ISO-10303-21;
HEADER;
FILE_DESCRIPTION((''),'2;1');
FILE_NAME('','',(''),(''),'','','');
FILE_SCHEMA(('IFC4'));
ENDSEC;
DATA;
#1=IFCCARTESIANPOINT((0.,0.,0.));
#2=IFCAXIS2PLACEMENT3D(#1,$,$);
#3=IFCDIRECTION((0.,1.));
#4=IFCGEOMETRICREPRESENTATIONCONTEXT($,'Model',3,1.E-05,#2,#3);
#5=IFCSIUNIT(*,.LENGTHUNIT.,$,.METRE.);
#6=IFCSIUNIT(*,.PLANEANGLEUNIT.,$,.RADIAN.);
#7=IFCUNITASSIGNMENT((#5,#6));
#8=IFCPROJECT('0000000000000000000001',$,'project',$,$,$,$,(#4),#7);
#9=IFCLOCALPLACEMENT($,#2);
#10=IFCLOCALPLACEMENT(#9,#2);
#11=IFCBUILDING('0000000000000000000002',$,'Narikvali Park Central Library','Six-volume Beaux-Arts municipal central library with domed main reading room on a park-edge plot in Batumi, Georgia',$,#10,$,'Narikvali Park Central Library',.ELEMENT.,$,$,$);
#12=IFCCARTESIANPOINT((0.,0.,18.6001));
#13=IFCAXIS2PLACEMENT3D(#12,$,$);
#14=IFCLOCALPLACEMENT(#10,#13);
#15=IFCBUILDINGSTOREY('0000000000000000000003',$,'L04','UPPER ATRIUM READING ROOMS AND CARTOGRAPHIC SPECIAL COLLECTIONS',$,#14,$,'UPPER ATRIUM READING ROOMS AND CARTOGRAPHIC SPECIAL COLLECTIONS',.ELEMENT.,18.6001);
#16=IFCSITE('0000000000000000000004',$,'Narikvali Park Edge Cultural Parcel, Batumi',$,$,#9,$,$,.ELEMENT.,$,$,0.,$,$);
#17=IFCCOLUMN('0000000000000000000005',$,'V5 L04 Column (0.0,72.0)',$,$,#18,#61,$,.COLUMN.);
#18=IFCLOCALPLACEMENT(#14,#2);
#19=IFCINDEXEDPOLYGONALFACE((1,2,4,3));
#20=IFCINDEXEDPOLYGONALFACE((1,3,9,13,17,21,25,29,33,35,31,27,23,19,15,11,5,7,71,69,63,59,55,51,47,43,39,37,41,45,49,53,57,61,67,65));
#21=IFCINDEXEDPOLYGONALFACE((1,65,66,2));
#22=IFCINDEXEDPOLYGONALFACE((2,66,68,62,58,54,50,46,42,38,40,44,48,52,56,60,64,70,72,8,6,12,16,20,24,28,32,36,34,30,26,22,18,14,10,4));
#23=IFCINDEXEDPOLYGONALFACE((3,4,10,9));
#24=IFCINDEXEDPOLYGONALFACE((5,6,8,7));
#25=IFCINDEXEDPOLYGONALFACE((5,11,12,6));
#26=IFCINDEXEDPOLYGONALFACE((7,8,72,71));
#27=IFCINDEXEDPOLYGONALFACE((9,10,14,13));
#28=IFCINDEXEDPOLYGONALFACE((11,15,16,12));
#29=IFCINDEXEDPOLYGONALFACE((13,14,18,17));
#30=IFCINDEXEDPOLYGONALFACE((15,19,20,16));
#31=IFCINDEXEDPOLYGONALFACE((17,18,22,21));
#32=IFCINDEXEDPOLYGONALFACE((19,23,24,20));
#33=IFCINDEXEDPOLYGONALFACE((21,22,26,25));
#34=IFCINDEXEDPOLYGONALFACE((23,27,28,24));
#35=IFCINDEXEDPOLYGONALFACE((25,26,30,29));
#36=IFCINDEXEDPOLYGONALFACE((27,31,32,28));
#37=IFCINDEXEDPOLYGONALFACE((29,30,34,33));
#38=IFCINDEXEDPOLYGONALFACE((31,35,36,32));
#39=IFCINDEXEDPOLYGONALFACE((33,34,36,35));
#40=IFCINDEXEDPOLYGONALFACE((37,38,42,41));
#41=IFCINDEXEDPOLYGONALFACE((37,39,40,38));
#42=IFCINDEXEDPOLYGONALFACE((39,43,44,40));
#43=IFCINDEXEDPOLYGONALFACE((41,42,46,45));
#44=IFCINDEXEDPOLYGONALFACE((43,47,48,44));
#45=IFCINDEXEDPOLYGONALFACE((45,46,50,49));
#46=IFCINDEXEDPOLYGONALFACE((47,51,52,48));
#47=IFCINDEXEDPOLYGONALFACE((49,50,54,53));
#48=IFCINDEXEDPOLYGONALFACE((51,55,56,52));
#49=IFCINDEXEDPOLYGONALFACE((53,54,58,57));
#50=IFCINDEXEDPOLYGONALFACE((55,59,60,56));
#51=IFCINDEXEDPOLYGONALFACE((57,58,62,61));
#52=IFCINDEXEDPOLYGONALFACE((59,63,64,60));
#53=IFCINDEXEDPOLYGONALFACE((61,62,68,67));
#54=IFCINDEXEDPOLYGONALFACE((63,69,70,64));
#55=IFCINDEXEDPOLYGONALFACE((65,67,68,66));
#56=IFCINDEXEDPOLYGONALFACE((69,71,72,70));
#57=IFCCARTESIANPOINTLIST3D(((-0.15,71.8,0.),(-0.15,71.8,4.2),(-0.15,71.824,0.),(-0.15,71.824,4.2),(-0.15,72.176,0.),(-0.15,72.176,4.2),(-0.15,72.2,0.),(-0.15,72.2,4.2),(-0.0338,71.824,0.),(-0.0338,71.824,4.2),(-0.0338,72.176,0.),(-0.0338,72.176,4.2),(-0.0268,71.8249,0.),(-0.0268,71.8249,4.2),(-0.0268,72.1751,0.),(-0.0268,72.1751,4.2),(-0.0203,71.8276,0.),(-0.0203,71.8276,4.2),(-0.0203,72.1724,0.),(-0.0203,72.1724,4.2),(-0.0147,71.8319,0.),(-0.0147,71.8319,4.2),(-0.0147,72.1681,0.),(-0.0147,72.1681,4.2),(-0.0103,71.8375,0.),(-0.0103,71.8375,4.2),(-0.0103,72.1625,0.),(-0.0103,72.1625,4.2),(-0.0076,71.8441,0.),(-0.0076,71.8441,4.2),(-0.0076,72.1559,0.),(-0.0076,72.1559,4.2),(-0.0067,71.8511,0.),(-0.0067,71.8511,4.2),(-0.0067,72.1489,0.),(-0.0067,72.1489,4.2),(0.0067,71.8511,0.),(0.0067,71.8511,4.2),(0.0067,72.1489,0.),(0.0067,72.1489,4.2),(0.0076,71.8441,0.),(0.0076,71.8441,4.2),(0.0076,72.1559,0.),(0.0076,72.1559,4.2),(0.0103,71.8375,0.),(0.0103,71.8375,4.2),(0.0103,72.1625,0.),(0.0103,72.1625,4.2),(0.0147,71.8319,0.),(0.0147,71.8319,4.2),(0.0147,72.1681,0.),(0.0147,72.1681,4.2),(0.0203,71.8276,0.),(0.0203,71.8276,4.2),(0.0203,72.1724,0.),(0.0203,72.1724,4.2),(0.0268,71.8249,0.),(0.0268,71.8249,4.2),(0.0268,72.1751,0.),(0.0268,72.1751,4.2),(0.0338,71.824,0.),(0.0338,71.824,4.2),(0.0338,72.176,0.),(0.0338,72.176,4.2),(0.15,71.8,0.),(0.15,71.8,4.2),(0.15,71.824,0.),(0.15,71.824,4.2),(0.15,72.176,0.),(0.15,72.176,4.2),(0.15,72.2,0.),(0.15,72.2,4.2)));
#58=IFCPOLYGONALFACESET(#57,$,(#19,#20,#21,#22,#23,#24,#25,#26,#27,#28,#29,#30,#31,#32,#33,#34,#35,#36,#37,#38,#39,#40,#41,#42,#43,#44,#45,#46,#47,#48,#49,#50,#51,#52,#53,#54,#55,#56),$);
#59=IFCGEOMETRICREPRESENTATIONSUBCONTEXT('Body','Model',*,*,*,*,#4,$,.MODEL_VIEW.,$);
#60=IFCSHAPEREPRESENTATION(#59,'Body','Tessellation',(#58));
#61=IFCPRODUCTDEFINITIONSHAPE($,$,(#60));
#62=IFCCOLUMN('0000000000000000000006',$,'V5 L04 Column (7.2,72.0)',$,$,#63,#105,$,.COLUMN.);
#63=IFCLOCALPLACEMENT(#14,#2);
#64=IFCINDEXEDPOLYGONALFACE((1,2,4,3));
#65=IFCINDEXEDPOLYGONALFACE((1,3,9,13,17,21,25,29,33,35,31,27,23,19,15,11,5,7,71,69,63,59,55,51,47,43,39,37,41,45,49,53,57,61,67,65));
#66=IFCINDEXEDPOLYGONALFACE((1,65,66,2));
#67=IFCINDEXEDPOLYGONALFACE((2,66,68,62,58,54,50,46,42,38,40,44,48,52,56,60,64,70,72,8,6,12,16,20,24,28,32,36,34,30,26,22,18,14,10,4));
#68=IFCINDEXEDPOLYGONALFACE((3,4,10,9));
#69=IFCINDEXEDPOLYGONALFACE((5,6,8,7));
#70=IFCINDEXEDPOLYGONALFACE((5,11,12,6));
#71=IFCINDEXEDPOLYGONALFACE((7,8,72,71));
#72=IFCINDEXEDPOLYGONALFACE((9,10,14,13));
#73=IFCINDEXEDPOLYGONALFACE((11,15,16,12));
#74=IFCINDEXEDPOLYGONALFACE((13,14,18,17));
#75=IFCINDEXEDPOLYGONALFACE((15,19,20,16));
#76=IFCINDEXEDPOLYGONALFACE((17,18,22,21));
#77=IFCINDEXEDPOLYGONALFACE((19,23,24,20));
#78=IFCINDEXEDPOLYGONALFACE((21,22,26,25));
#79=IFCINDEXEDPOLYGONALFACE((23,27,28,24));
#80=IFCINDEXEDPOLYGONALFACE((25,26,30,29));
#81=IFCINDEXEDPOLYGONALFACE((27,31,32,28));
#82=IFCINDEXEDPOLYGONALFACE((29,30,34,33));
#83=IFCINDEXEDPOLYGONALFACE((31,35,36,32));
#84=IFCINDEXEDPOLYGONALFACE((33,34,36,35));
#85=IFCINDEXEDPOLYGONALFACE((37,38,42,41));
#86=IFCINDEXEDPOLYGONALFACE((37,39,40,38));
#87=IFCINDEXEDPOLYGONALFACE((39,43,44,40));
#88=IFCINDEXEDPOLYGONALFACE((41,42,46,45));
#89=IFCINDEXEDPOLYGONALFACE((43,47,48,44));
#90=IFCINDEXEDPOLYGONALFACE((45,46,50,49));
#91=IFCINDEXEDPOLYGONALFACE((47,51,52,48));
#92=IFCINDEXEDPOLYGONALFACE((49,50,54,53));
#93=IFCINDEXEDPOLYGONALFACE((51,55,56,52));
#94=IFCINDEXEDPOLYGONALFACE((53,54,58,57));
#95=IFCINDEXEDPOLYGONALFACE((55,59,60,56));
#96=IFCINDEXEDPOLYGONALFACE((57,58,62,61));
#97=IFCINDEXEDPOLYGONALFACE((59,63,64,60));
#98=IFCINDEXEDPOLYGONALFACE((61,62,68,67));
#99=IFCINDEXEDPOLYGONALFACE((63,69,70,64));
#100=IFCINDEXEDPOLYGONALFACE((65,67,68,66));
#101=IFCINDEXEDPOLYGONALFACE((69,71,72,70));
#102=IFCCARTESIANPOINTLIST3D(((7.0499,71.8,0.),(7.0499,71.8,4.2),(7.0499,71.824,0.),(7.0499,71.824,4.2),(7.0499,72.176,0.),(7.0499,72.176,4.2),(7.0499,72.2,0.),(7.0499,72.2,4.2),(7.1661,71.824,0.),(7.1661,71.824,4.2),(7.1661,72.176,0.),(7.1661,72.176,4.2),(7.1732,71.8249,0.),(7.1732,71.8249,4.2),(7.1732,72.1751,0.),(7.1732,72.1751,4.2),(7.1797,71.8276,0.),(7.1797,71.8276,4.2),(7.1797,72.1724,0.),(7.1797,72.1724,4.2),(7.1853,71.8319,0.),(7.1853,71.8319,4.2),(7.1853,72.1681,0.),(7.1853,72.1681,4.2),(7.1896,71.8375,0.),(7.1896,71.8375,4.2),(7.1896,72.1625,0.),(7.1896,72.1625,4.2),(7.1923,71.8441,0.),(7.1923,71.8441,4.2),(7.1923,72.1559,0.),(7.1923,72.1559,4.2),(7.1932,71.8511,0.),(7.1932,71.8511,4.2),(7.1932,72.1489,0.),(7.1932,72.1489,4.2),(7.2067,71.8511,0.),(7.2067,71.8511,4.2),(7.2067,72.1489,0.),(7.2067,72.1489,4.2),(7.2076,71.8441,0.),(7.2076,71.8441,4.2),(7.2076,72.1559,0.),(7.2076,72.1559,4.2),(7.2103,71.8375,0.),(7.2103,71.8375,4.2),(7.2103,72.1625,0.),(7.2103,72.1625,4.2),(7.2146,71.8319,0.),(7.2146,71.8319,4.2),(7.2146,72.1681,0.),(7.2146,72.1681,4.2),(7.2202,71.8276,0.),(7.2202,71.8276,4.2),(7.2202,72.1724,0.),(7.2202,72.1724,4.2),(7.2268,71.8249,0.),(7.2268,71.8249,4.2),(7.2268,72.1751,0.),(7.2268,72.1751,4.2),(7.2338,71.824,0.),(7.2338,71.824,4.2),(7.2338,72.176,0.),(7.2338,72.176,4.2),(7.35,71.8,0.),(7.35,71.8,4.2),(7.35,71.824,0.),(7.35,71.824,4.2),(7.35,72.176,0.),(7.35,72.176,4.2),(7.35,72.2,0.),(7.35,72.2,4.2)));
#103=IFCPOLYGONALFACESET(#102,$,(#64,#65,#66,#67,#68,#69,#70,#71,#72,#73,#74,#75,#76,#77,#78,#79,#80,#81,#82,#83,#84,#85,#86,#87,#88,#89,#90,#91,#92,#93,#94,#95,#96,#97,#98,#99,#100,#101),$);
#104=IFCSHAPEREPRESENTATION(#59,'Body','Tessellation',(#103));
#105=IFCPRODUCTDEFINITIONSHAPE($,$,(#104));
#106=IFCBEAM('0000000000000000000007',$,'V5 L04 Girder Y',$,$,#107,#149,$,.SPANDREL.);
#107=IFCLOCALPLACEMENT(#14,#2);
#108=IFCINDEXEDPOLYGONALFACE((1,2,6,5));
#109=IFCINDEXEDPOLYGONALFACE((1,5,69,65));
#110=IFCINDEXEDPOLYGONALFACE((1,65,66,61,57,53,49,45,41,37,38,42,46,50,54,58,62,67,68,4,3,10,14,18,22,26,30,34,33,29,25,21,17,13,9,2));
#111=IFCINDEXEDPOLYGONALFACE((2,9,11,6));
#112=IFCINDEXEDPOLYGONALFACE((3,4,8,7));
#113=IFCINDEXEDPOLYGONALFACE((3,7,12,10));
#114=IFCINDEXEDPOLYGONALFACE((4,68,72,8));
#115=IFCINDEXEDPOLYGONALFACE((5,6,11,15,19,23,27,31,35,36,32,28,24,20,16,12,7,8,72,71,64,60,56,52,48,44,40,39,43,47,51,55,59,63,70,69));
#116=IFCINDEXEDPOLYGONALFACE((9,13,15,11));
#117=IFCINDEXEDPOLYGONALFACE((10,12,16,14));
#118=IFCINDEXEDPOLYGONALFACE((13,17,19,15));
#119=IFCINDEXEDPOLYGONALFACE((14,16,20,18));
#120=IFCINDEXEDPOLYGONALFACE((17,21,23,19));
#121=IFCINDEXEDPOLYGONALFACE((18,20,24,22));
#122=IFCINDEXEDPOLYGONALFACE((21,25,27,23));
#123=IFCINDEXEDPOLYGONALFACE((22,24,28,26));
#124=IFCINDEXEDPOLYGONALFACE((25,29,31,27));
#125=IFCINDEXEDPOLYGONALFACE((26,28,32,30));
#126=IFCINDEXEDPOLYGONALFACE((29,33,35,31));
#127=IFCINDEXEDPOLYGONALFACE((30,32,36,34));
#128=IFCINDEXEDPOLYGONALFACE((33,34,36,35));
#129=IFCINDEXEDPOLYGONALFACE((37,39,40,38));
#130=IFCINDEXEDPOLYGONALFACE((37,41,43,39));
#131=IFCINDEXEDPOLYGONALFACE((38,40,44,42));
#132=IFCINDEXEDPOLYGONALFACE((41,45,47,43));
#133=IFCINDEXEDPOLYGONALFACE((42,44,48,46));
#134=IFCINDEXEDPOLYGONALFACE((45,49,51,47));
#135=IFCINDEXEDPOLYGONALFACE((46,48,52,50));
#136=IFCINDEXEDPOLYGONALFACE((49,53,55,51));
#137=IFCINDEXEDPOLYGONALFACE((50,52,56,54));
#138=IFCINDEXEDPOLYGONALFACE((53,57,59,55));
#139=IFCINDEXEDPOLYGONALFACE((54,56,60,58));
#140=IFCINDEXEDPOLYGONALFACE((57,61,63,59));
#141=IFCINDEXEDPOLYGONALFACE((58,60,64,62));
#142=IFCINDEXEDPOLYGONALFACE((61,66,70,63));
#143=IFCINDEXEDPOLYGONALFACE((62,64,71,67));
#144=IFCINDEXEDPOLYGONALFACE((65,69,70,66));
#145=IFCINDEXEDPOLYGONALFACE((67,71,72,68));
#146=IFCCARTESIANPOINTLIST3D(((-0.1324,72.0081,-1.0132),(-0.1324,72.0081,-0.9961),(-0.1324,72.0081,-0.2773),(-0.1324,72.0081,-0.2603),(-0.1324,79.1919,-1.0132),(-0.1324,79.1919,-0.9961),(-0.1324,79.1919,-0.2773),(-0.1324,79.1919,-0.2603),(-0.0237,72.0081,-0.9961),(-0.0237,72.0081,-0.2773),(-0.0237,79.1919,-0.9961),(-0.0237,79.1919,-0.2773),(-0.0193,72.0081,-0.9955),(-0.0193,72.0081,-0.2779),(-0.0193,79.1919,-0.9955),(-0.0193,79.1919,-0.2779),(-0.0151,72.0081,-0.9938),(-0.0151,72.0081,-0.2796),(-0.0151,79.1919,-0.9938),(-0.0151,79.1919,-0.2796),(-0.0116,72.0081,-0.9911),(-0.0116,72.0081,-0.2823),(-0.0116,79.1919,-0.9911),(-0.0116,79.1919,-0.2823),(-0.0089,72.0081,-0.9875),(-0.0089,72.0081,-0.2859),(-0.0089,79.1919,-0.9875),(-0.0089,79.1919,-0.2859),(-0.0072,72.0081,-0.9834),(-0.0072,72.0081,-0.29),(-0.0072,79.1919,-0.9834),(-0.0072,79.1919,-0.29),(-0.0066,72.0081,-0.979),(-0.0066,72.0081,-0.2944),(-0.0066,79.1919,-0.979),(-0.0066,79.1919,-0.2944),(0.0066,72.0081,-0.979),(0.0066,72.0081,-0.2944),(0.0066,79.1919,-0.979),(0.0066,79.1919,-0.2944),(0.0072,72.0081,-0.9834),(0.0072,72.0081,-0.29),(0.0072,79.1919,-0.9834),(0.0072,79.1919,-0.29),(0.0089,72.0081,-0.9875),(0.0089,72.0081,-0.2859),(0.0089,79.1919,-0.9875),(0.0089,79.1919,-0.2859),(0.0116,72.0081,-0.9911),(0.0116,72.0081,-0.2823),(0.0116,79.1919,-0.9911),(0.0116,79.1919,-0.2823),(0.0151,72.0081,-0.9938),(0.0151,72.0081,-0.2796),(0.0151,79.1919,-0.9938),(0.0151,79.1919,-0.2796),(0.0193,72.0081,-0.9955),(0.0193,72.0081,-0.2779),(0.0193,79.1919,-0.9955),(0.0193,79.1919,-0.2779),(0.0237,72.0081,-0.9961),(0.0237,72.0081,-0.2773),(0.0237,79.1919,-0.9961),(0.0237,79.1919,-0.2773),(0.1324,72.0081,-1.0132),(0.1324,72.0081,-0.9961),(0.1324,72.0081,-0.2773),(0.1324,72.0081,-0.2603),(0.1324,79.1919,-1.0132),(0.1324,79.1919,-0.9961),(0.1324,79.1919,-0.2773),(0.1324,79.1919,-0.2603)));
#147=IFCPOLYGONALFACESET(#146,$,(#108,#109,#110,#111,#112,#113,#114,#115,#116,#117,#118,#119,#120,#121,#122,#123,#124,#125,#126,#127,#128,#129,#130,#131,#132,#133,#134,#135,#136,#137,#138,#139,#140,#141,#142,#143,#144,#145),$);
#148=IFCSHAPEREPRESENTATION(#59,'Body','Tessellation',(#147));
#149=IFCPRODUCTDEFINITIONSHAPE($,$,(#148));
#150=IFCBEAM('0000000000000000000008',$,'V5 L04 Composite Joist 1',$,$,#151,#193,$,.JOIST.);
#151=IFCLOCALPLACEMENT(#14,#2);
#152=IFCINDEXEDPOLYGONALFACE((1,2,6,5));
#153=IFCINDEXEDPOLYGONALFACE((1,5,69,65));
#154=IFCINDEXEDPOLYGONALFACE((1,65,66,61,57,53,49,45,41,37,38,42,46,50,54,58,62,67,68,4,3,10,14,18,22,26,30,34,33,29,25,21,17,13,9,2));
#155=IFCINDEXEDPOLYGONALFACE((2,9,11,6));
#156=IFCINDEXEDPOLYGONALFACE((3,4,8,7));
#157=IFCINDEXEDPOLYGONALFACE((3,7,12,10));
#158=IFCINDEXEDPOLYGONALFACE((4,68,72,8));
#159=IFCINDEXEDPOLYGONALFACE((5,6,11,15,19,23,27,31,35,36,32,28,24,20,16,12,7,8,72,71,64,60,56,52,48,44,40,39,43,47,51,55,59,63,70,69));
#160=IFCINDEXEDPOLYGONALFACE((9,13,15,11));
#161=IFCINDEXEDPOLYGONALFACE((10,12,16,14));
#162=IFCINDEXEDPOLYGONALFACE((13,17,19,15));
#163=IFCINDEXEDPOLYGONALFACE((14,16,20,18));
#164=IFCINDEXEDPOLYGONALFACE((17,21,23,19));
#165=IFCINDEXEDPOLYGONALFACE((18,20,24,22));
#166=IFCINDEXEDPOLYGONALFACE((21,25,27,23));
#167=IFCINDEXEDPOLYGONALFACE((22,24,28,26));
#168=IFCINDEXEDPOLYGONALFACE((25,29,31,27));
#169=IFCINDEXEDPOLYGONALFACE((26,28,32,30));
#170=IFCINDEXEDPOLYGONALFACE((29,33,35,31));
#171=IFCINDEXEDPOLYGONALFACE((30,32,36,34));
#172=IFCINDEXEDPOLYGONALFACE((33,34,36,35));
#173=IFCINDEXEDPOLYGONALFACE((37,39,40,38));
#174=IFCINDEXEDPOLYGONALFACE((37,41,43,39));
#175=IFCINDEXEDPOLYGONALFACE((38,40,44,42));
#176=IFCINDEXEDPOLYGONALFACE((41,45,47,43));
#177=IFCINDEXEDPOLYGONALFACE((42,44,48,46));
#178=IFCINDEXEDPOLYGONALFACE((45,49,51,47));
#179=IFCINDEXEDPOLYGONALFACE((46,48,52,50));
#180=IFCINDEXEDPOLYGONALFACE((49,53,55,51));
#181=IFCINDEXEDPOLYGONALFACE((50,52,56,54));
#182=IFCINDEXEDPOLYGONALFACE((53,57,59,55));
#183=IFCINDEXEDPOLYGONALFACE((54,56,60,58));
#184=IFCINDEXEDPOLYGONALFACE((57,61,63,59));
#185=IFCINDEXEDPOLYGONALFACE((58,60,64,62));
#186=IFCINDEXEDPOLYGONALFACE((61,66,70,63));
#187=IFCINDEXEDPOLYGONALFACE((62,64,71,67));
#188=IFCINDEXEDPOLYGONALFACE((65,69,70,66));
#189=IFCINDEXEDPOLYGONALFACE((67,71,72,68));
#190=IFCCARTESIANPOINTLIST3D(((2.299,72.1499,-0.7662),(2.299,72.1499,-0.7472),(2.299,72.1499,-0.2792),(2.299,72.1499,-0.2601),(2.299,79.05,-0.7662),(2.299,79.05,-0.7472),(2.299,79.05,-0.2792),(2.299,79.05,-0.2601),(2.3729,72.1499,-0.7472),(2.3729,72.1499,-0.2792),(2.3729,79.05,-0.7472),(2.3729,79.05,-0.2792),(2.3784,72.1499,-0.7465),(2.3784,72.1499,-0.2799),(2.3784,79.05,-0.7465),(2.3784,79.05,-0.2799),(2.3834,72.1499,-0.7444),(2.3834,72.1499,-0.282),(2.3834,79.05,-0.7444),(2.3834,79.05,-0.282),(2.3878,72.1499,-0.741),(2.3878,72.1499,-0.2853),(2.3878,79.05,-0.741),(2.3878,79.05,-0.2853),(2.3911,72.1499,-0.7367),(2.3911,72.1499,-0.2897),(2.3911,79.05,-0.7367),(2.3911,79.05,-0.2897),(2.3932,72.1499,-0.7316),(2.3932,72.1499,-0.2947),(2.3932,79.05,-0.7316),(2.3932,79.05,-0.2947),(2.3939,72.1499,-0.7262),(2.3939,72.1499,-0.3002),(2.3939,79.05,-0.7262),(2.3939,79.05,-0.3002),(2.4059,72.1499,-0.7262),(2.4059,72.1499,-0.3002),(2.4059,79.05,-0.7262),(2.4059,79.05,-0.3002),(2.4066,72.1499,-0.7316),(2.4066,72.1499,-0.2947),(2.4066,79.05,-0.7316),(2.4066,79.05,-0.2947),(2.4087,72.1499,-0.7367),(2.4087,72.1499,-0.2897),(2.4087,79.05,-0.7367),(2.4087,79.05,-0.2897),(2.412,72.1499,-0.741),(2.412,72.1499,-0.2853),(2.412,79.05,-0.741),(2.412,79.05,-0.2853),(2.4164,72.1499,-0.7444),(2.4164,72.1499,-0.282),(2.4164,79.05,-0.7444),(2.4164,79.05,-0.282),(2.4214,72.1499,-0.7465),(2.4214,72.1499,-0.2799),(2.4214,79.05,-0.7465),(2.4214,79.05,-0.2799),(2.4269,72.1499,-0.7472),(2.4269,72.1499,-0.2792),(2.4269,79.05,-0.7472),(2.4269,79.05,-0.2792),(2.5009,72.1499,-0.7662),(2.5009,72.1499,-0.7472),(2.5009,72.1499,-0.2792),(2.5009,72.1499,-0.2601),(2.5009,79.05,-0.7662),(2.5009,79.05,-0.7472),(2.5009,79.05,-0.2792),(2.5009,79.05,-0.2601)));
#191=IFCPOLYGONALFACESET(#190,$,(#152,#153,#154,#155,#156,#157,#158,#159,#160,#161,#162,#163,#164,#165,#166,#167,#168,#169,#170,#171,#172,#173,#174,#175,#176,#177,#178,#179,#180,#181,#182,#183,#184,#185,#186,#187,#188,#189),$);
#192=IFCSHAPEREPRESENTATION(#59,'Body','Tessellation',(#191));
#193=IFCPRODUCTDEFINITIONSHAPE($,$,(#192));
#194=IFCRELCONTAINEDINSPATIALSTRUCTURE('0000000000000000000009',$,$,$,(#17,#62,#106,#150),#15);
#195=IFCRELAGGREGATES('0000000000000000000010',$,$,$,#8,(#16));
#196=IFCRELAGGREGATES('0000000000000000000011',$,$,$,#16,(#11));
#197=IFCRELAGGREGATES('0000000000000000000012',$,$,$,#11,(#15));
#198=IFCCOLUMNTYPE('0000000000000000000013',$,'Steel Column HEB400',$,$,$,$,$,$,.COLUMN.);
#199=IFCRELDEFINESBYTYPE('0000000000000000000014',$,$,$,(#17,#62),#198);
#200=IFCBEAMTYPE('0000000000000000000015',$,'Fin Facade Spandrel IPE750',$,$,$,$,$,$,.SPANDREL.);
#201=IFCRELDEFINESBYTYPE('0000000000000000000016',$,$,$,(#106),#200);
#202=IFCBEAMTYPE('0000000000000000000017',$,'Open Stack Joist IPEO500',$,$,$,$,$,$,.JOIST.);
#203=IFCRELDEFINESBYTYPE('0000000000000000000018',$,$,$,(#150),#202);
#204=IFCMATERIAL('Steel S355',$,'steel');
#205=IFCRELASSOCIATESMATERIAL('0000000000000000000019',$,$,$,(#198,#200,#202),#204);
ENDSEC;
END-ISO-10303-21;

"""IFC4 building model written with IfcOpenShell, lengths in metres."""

from ifc_helpers import new_model, si_unit, direction, frame, origin, origin_2d, place, context, subcontext, project, spatial, i_section, extrude, material, material_profile, profile_set, type_object, element, save


model = new_model("IFC4")

# Units and contexts
model_context = context("Model", 3, precision=1e-05, world=origin(), true_north=direction((0.0, 1.0)))
body_context = subcontext(model_context, "Body", "Model", "MODEL_VIEW")
ifc_project = project(units=[si_unit("LENGTHUNIT", "METRE"), si_unit("PLANEANGLEUNIT", "RADIAN")], contexts=[model_context])

# Site, building, storey
site_placement = place(None, origin())
site = spatial("IfcSite", under=ifc_project, at=site_placement, Name="Narikvali Park Edge Cultural Parcel, Batumi", CompositionType="ELEMENT", RefElevation=0.0)
building_placement = place(site_placement, origin())
building = spatial("IfcBuilding", under=site, at=building_placement, Name="Narikvali Park Central Library", Description="Six-volume Beaux-Arts municipal central library with domed main reading room on a park-edge plot in Batumi, Georgia", LongName="Narikvali Park Central Library", CompositionType="ELEMENT")
storey_placement = place(building_placement, frame((0.0, 0.0, 18.6001)))
storey = spatial("IfcBuildingStorey", under=building, at=storey_placement, Name="L04", Description="UPPER ATRIUM READING ROOMS AND CARTOGRAPHIC SPECIAL COLLECTIONS", LongName="UPPER ATRIUM READING ROOMS AND CARTOGRAPHIC SPECIAL COLLECTIONS", CompositionType="ELEMENT", Elevation=18.6001)

# Columns
ifc_material_1 = material(Name="Steel S355", Category="steel")
ifc_material_profile_1 = material_profile(ifc_material_1, i_section(OverallWidth=0.3, OverallDepth=0.3999, WebThickness=0.0134, FlangeThickness=0.0239, FilletRadius=0.0271, at=origin_2d()), Name="HEB 400")
ifc_profile_set_1 = profile_set([ifc_material_profile_1], Name="Steel S355")
column_type = type_object("IfcColumnType", Name="Steel Column HEB400", PredefinedType="COLUMN", material=ifc_profile_set_1)
for number, where, z_axis, x_axis, name in (
    (1, (0.0, 72.0, 0.0), (0.0, 0.0, 1.0), (1.0, 0.0, 0.0), "V5 L04 Column (0.0,72.0)"),
    (2, (7.2, 72.0, 0.0), (0.0, 0.0, 1.0), (1.0, 0.0, 0.0), "V5 L04 Column (7.2,72.0)"),
):
    element("IfcColumn", number, at=place(storey_placement, frame(where, z_axis=z_axis, x_axis=x_axis)), inside=storey, type_object=column_type, Name=name, PredefinedType="COLUMN", context=body_context, shape_type="SweptSolid", body=[
        extrude(i_section(OverallWidth=0.3, OverallDepth=0.3999, WebThickness=0.0134, FlangeThickness=0.0239, FilletRadius=0.0271, at=origin_2d()), origin(), (0.0, 0.0, 1.0), 4.2),
    ])

# Beams
ifc_material_profile_2 = material_profile(ifc_material_1, i_section(OverallWidth=0.2649, OverallDepth=0.7529, WebThickness=0.0132, FlangeThickness=0.0171, FilletRadius=0.0171, at=origin_2d()), Name="IPE 750x147")
ifc_profile_set_2 = profile_set([ifc_material_profile_2], Name="Steel S355")
beam_type_1 = type_object("IfcBeamType", Name="Fin Facade Spandrel IPE750", PredefinedType="SPANDREL", material=ifc_profile_set_2)
beam_1_placement = place(storey_placement, frame((0.0, 72.0081, -0.6367), z_axis=(0.0, 1.0, 0.0), x_axis=(-1.0, 0.0, 0.0)))
element("IfcBeam", 3, at=beam_1_placement, inside=storey, type_object=beam_type_1, Name="V5 L04 Girder Y", PredefinedType="SPANDREL", context=body_context, shape_type="SweptSolid", body=[
    extrude(i_section(OverallWidth=0.2649, OverallDepth=0.7529, WebThickness=0.0132, FlangeThickness=0.0171, FilletRadius=0.0171, at=origin_2d()), origin(), (0.0, 0.0, 1.0), 7.1838),
])
ifc_material_profile_3 = material_profile(ifc_material_1, i_section(OverallWidth=0.2019, OverallDepth=0.5061, WebThickness=0.012, FlangeThickness=0.019, FilletRadius=0.021, at=origin_2d()), Name="IPEO 500")
ifc_profile_set_3 = profile_set([ifc_material_profile_3], Name="Steel S355")
beam_type_2 = type_object("IfcBeamType", Name="Open Stack Joist IPEO500", PredefinedType="JOIST", material=ifc_profile_set_3)
for number, where, z_axis, x_axis, name in (
    (4, (2.3999, 72.1499, -0.5132), (0.0, 1.0, 0.0), (-1.0, 0.0, 0.0), "V5 L04 Composite Joist 1"),
):
    element("IfcBeam", number, at=place(storey_placement, frame(where, z_axis=z_axis, x_axis=x_axis)), inside=storey, type_object=beam_type_2, Name=name, PredefinedType="JOIST", context=body_context, shape_type="SweptSolid", body=[
        extrude(i_section(OverallWidth=0.2019, OverallDepth=0.5061, WebThickness=0.012, FlangeThickness=0.019, FilletRadius=0.021, at=origin_2d()), origin(), (0.0, 0.0, 1.0), 6.9001),
    ])

save(model, "model.ifc")
